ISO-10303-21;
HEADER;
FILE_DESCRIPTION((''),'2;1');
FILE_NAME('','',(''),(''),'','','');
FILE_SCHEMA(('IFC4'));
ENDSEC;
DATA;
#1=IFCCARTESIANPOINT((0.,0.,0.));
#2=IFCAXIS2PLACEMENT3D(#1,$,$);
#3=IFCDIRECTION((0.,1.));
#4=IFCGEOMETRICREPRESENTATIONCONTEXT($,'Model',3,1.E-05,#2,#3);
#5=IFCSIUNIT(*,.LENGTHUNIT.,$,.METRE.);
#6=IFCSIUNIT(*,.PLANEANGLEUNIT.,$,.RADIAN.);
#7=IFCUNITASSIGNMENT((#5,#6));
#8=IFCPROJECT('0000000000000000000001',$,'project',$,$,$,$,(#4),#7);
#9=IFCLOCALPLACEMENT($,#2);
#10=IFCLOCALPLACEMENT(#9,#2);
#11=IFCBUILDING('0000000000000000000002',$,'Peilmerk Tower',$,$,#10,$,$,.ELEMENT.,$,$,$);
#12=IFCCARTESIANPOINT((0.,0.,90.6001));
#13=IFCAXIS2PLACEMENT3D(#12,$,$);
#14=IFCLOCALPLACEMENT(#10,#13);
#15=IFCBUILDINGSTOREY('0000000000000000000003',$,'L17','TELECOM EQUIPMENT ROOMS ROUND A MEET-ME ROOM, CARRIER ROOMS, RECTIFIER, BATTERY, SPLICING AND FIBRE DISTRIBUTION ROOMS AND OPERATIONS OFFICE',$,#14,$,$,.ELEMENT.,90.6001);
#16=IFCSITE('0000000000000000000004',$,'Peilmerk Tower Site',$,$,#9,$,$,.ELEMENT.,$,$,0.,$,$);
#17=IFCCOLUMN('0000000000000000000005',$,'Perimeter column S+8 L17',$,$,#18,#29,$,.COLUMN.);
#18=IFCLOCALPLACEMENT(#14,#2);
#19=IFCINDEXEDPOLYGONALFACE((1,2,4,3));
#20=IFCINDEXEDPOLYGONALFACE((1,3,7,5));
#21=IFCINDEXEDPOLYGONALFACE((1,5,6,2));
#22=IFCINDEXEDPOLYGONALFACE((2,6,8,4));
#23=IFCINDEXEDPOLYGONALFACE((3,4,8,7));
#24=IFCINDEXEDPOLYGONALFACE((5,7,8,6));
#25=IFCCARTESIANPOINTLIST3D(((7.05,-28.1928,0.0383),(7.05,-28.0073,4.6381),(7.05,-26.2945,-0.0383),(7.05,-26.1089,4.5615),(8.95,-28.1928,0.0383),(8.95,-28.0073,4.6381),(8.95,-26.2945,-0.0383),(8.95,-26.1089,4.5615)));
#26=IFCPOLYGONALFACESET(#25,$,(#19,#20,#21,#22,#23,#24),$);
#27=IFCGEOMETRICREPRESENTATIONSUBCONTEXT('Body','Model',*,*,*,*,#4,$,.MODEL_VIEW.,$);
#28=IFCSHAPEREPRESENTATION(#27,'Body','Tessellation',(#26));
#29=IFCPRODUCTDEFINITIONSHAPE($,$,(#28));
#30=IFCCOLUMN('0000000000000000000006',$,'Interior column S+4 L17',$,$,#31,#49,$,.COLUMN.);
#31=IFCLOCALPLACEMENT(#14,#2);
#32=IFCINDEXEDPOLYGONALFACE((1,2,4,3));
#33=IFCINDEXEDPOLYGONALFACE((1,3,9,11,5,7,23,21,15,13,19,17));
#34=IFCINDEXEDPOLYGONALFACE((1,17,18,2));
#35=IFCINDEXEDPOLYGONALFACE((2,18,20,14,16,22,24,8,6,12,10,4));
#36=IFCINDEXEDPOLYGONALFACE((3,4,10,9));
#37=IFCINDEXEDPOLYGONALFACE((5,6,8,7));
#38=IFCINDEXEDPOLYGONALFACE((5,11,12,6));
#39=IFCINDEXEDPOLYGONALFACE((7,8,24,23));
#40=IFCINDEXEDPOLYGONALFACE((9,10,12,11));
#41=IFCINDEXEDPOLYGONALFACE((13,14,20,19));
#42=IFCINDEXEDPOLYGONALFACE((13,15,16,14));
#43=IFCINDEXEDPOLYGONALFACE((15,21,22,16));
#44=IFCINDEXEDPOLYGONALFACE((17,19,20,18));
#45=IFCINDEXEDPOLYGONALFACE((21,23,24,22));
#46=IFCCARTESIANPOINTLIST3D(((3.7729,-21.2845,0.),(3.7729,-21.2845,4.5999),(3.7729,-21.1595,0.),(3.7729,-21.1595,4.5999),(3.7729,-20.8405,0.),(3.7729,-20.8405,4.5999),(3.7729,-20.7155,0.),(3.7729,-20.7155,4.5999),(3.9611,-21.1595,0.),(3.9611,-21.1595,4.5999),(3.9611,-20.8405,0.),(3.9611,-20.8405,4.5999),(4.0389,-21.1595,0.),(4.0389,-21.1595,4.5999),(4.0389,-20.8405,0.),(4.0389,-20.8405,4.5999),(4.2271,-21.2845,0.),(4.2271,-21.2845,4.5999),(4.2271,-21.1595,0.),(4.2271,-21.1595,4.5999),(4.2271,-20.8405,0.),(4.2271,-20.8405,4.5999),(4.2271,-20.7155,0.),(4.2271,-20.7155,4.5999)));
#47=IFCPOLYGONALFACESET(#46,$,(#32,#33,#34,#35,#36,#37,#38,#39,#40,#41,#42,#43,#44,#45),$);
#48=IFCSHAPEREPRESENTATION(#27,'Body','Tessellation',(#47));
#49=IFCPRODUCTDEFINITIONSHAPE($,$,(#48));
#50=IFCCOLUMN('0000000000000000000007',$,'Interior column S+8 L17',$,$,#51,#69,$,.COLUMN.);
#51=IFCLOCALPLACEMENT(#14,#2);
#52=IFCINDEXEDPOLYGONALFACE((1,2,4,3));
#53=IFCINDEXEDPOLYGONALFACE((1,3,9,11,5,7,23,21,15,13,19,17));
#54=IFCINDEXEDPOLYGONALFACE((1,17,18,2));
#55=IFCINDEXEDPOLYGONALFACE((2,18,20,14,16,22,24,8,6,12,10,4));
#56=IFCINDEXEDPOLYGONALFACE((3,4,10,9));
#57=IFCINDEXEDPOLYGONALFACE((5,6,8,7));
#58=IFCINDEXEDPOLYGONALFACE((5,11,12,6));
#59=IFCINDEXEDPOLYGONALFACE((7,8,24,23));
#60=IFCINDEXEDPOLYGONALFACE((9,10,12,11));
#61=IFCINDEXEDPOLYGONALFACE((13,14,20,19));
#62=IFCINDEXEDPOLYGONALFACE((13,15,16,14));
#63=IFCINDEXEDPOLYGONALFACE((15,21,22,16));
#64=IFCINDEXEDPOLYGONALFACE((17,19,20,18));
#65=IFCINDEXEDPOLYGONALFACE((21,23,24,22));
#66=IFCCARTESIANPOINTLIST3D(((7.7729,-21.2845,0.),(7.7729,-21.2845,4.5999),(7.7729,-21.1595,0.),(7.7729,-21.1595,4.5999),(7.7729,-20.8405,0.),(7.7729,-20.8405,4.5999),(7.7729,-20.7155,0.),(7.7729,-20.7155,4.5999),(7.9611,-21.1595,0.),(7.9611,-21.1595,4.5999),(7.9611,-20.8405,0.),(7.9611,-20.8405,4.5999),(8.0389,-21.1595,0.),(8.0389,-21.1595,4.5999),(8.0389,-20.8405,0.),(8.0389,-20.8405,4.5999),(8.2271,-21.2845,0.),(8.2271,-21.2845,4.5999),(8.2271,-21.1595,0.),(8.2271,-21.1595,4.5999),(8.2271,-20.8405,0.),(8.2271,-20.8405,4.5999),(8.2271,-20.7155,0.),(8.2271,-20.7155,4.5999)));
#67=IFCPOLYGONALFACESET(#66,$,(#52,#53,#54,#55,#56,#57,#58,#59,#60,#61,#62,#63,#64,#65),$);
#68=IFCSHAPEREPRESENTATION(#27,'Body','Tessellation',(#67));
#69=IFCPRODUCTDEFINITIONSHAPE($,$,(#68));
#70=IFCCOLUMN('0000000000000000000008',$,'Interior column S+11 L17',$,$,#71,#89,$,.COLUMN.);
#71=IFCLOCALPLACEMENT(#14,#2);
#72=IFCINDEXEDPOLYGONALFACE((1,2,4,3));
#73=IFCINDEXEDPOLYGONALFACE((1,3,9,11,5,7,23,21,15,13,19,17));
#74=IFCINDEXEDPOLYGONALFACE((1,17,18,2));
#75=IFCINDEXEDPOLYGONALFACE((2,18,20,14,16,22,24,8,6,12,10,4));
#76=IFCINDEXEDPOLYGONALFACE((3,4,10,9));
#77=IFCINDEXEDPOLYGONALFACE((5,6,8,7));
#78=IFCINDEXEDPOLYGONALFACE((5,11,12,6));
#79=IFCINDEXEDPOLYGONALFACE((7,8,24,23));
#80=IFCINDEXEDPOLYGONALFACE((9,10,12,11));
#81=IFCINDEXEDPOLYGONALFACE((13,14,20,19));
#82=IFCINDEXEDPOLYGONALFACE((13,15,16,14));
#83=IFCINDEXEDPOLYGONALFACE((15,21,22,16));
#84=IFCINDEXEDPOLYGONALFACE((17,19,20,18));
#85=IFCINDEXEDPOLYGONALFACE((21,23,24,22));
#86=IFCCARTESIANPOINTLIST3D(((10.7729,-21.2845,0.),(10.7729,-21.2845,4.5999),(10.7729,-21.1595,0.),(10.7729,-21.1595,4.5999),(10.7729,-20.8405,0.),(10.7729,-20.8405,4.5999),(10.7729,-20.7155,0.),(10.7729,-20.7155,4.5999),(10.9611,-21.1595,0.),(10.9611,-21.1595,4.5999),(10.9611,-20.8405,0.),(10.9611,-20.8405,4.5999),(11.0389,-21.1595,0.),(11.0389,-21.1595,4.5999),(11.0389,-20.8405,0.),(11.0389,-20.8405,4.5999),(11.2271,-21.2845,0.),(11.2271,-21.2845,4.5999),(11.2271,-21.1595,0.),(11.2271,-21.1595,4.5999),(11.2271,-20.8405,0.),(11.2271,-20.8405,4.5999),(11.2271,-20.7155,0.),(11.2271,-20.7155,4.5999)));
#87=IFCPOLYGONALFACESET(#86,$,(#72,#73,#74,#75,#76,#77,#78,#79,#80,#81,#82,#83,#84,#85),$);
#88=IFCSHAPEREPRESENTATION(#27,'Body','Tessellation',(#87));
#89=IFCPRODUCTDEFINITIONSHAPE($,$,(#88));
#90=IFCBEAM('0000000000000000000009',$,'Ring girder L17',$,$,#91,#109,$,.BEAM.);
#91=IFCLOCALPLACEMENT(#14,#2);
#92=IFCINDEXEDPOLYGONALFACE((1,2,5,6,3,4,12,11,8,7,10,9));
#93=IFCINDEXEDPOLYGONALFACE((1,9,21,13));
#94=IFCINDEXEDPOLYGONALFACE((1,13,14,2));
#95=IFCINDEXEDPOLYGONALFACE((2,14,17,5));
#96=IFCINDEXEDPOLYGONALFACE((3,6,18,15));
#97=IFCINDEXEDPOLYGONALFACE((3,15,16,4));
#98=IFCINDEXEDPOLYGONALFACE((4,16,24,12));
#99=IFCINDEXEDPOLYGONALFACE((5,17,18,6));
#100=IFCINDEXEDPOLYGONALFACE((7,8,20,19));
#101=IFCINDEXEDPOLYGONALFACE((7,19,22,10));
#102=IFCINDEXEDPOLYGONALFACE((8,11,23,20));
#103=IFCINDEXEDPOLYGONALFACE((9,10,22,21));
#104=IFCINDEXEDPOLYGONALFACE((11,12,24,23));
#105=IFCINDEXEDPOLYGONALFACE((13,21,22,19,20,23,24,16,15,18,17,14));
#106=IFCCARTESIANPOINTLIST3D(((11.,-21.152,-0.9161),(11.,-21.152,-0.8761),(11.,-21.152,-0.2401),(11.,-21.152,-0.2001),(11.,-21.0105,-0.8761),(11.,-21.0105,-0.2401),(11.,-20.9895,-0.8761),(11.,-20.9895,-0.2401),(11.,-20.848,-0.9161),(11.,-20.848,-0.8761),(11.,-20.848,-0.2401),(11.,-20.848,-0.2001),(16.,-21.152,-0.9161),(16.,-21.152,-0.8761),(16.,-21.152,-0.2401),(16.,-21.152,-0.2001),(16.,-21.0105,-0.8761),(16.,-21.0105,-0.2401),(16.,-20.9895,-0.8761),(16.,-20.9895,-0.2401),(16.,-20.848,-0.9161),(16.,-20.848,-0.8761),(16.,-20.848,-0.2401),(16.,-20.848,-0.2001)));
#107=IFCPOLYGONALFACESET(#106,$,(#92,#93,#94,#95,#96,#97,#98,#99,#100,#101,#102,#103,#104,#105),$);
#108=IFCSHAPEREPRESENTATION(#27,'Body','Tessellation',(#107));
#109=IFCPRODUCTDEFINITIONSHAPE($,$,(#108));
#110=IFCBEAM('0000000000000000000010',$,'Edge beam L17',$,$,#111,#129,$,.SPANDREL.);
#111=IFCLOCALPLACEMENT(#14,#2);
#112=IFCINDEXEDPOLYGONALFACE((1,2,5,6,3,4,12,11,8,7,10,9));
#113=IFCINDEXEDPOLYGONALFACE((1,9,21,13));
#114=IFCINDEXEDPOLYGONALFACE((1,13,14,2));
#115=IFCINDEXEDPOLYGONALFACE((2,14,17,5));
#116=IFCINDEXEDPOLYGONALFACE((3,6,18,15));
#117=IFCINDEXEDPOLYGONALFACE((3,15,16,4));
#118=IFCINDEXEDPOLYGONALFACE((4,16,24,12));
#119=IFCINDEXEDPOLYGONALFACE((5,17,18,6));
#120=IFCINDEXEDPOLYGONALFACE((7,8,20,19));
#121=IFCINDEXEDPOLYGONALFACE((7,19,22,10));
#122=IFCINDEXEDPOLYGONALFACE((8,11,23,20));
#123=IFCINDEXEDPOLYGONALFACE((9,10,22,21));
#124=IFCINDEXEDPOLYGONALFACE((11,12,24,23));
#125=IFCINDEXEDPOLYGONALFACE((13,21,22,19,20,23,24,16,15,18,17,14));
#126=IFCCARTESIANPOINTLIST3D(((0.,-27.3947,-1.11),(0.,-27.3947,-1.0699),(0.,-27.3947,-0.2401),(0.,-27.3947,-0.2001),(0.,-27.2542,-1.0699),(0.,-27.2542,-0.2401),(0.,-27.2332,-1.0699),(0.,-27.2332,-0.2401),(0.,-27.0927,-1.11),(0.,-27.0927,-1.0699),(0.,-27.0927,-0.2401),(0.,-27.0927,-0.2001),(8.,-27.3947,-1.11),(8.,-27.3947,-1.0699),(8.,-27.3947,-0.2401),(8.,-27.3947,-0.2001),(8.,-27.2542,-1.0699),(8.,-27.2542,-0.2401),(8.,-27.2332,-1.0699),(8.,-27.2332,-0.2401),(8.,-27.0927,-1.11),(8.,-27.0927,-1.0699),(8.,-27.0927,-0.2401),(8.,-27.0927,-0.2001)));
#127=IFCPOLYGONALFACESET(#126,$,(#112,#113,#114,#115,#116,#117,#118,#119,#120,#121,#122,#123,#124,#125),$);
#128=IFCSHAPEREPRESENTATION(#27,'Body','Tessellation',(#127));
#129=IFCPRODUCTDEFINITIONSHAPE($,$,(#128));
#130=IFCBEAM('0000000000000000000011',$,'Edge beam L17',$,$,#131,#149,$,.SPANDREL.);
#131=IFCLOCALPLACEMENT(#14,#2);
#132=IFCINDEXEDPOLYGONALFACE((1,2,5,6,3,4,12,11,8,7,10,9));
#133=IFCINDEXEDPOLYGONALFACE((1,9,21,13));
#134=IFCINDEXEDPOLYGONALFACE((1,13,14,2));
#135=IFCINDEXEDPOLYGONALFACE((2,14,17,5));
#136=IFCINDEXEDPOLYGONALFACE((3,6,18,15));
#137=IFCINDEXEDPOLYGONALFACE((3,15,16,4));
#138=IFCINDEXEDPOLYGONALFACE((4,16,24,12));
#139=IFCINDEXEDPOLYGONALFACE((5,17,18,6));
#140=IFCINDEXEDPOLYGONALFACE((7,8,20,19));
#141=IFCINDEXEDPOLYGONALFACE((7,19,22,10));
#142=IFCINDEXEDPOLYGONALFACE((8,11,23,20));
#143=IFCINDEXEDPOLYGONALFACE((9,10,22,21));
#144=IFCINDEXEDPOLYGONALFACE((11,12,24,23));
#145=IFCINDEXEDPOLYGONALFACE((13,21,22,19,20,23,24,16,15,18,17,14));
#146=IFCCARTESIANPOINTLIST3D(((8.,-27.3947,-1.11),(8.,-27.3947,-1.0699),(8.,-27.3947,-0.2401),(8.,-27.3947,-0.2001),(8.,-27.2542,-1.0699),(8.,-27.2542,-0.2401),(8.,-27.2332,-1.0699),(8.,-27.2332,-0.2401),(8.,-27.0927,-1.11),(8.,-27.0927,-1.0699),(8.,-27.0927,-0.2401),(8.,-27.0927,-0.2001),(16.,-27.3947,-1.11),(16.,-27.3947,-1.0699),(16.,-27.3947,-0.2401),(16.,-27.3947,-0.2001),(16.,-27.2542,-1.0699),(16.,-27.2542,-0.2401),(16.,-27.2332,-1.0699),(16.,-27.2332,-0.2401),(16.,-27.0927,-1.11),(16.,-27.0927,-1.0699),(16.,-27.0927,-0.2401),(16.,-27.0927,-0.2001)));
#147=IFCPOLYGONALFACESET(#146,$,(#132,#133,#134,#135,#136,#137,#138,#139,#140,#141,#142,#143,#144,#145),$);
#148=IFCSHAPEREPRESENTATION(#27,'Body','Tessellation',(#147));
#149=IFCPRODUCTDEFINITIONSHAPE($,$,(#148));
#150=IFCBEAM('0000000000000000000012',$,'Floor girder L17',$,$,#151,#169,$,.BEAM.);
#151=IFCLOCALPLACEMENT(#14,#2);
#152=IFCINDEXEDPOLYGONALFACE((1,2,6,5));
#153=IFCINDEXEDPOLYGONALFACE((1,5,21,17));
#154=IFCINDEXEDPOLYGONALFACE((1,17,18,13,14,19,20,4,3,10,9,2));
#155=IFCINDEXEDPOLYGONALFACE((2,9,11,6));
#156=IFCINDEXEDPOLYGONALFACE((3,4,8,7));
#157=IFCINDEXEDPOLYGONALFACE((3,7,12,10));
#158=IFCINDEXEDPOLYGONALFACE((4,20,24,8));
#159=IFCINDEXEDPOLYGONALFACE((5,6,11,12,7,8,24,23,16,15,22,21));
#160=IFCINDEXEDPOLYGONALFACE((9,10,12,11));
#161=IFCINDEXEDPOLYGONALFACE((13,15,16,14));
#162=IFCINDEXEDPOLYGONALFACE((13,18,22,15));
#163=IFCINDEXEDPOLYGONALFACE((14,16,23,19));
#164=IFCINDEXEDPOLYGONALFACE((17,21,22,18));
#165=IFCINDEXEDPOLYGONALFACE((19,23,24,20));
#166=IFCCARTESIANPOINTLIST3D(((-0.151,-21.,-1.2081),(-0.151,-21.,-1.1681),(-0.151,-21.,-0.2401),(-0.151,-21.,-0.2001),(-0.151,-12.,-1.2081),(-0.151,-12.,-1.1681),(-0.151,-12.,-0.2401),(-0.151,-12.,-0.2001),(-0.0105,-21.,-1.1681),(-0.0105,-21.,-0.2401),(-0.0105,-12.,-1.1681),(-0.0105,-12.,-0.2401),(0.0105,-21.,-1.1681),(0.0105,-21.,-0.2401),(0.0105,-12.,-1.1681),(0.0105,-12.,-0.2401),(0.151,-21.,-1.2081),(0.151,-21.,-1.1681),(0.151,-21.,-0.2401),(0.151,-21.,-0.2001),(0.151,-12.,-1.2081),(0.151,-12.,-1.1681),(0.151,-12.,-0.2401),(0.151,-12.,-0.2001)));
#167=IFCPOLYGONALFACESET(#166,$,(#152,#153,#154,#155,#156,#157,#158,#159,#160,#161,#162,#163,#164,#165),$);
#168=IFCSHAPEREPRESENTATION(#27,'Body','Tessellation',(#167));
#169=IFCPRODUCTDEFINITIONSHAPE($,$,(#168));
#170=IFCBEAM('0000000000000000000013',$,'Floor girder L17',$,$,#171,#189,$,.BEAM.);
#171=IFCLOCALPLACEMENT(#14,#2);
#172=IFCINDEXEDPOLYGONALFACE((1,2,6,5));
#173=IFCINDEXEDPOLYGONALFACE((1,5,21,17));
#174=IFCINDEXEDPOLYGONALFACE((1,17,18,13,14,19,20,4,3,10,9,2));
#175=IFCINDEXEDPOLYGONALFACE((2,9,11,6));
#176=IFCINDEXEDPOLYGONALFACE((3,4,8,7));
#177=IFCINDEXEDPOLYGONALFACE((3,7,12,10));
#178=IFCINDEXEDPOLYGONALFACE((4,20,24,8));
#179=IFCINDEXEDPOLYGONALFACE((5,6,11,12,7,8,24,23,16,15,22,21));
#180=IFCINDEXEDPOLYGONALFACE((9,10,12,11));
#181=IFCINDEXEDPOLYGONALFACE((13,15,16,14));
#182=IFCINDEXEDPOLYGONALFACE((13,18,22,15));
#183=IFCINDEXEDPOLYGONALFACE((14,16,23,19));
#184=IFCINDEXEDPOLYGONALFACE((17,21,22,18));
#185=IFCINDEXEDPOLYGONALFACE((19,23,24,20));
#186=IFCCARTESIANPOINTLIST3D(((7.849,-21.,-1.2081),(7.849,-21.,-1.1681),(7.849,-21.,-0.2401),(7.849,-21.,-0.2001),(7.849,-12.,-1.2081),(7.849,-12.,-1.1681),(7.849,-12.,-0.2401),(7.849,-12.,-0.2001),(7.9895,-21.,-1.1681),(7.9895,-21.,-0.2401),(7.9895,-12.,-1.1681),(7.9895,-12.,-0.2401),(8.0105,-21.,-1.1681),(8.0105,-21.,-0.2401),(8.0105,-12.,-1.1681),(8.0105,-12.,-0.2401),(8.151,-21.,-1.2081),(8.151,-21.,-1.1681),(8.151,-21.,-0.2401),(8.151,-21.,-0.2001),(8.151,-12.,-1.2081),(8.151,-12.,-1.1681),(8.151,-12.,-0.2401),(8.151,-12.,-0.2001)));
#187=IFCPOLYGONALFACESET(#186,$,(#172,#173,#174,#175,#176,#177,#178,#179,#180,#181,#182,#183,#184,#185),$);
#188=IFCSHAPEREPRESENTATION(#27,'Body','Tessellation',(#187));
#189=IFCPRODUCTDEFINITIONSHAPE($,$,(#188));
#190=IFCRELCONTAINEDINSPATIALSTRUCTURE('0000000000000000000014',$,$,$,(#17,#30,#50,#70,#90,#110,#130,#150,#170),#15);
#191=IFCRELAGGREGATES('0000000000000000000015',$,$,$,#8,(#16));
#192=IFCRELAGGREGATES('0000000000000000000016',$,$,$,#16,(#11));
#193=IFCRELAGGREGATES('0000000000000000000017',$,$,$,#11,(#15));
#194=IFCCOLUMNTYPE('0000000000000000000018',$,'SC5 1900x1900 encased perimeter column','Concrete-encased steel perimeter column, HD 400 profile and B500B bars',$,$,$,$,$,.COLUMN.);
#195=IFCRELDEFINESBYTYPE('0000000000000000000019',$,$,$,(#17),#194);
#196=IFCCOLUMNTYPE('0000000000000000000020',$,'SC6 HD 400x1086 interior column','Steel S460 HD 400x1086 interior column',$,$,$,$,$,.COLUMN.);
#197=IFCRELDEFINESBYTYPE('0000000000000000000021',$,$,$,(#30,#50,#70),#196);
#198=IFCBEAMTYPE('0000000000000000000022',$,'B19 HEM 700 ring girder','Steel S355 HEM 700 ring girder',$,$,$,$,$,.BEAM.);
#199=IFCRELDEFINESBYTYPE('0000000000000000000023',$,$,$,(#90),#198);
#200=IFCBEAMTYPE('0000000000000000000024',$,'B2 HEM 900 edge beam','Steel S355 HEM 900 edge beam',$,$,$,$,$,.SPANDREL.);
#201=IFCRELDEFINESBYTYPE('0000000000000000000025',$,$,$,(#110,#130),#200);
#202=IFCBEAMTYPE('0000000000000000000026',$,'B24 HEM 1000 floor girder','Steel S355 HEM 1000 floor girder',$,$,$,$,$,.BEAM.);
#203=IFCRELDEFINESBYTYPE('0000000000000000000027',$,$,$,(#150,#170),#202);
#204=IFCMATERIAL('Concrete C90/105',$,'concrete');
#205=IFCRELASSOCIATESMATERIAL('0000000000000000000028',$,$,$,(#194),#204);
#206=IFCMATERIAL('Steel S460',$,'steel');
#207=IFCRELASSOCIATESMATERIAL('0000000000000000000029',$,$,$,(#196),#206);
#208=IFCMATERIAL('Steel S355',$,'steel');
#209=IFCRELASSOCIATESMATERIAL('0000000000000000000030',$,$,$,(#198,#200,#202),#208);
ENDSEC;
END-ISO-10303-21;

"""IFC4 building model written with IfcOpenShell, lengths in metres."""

from ifc_helpers import new_model, si_unit, direction, frame, origin, origin_2d, place, context, subcontext, project, spatial, rectangle, i_section, extrude, material, material_profile, profile_set, type_object, element, save


model = new_model("IFC4")

# Units and contexts
model_context = context("Model", 3, precision=1e-05, world=origin(), true_north=direction((0.0, 1.0)))
body_context = subcontext(model_context, "Body", "Model", "MODEL_VIEW")
ifc_project = project(units=[si_unit("LENGTHUNIT", "METRE"), si_unit("PLANEANGLEUNIT", "RADIAN")], contexts=[model_context])

# Site, building, storey
site_placement = place(None, origin())
site = spatial("IfcSite", under=ifc_project, at=site_placement, Name="Peilmerk Tower Site", CompositionType="ELEMENT", RefElevation=0.0)
building_placement = place(site_placement, origin())
building = spatial("IfcBuilding", under=site, at=building_placement, Name="Peilmerk Tower", CompositionType="ELEMENT")
storey_placement = place(building_placement, frame((0.0, 0.0, 90.6001)))
storey = spatial("IfcBuildingStorey", under=building, at=storey_placement, Name="L17", Description="TELECOM EQUIPMENT ROOMS ROUND A MEET-ME ROOM, CARRIER ROOMS, RECTIFIER, BATTERY, SPLICING AND FIBRE DISTRIBUTION ROOMS AND OPERATIONS OFFICE", CompositionType="ELEMENT", Elevation=90.6001)

# Columns
ifc_material_1 = material(Name="Concrete C90/105", Category="concrete")
ifc_material_profile_1 = material_profile(ifc_material_1, rectangle(XDim=1.8999, YDim=1.8999, at=origin_2d()), Name="RC 1900x1900")
ifc_profile_set_1 = profile_set([ifc_material_profile_1], Name="Concrete C90/105")
column_type_1 = type_object("IfcColumnType", Name="SC5 1900x1900 encased perimeter column", Description="Concrete-encased steel perimeter column, HD 400 profile and B500B bars", PredefinedType="COLUMN", material=ifc_profile_set_1)
column_placement = place(storey_placement, frame((8.0, -27.2437, 0.0), z_axis=(0.0, 0.040305, 0.999187), x_axis=(-1.0, 0.0, 0.0)))
element("IfcColumn", 1, at=column_placement, inside=storey, type_object=column_type_1, Name="Perimeter column S+8 L17", PredefinedType="COLUMN", context=body_context, shape_type="SweptSolid", body=[
    extrude(rectangle(XDim=1.8999, YDim=1.8999, at=origin_2d()), origin(), (0.0, 0.0, 1.0), 4.6035),
])
ifc_material_2 = material(Name="Steel S460", Category="steel")
ifc_material_profile_2 = material_profile(ifc_material_2, i_section(OverallWidth=0.4541, OverallDepth=0.5691, WebThickness=0.0779, FlangeThickness=0.125, at=origin_2d()), Name="HD 400x1086")
ifc_profile_set_2 = profile_set([ifc_material_profile_2], Name="Steel S460")
column_type_2 = type_object("IfcColumnType", Name="SC6 HD 400x1086 interior column", Description="Steel S460 HD 400x1086 interior column", PredefinedType="COLUMN", material=ifc_profile_set_2)
for number, where, z_axis, x_axis, name in (
    (2, (4.0, -21.0, 0.0), (0.0, 0.0, 1.0), (1.0, 0.0, 0.0), "Interior column S+4 L17"),
    (3, (8.0, -21.0, 0.0), (0.0, 0.0, 1.0), (1.0, 0.0, 0.0), "Interior column S+8 L17"),
    (4, (11.0, -21.0, 0.0), (0.0, 0.0, 1.0), (1.0, 0.0, 0.0), "Interior column S+11 L17"),
):
    element("IfcColumn", number, at=place(storey_placement, frame(where, z_axis=z_axis, x_axis=x_axis)), inside=storey, type_object=column_type_2, Name=name, PredefinedType="COLUMN", context=body_context, shape_type="SweptSolid", body=[
        extrude(i_section(OverallWidth=0.4541, OverallDepth=0.5691, WebThickness=0.0779, FlangeThickness=0.125, at=origin_2d()), origin(), (0.0, 0.0, 1.0), 4.5999),
    ])

# Beams
ifc_material_3 = material(Name="Steel S355", Category="steel")
ifc_material_profile_3 = material_profile(ifc_material_3, i_section(OverallWidth=0.304, OverallDepth=0.7161, WebThickness=0.021, FlangeThickness=0.04, at=origin_2d()), Name="HEM 700")
ifc_profile_set_3 = profile_set([ifc_material_profile_3], Name="Steel S355")
beam_type_1 = type_object("IfcBeamType", Name="B19 HEM 700 ring girder", Description="Steel S355 HEM 700 ring girder", PredefinedType="BEAM", material=ifc_profile_set_3)
beam_1_placement = place(storey_placement, frame((11.0, -21.0, -0.5581), z_axis=(1.0, 0.0, 0.0), x_axis=(0.0, 1.0, 0.0)))
element("IfcBeam", 5, at=beam_1_placement, inside=storey, type_object=beam_type_1, Name="Ring girder L17", PredefinedType="BEAM", context=body_context, shape_type="SweptSolid", body=[
    extrude(i_section(OverallWidth=0.304, OverallDepth=0.7161, WebThickness=0.021, FlangeThickness=0.04, at=origin_2d()), origin(), (0.0, 0.0, 1.0), 5.0),
])
ifc_material_profile_4 = material_profile(ifc_material_3, i_section(OverallWidth=0.302, OverallDepth=0.9099, WebThickness=0.021, FlangeThickness=0.04, at=origin_2d()), Name="HEM 900")
ifc_profile_set_4 = profile_set([ifc_material_profile_4], Name="Steel S355")
beam_type_2 = type_object("IfcBeamType", Name="B2 HEM 900 edge beam", Description="Steel S355 HEM 900 edge beam", PredefinedType="SPANDREL", material=ifc_profile_set_4)
for number, where, z_axis, x_axis, name in (
    (6, (0.0, -27.2437, -0.655), (1.0, 0.0, 0.0), (0.0, 1.0, 0.0), "Edge beam L17"),
    (7, (8.0, -27.2437, -0.655), (1.0, 0.0, 0.0), (0.0, 1.0, 0.0), "Edge beam L17"),
):
    element("IfcBeam", number, at=place(storey_placement, frame(where, z_axis=z_axis, x_axis=x_axis)), inside=storey, type_object=beam_type_2, Name=name, PredefinedType="SPANDREL", context=body_context, shape_type="SweptSolid", body=[
        extrude(i_section(OverallWidth=0.302, OverallDepth=0.9099, WebThickness=0.021, FlangeThickness=0.04, at=origin_2d()), origin(), (0.0, 0.0, 1.0), 8.0),
    ])
ifc_material_profile_5 = material_profile(ifc_material_3, i_section(OverallWidth=0.302, OverallDepth=1.0081, WebThickness=0.021, FlangeThickness=0.04, at=origin_2d()), Name="HEM 1000")
ifc_profile_set_5 = profile_set([ifc_material_profile_5], Name="Steel S355")
beam_type_3 = type_object("IfcBeamType", Name="B24 HEM 1000 floor girder", Description="Steel S355 HEM 1000 floor girder", PredefinedType="BEAM", material=ifc_profile_set_5)
for number, where, z_axis, x_axis, name in (
    (8, (0.0, -12.0, -0.7041), (0.0, -1.0, 0.0), (1.0, 0.0, 0.0), "Floor girder L17"),
    (9, (8.0, -12.0, -0.7041), (0.0, -1.0, 0.0), (1.0, 0.0, 0.0), "Floor girder L17"),
):
    element("IfcBeam", number, at=place(storey_placement, frame(where, z_axis=z_axis, x_axis=x_axis)), inside=storey, type_object=beam_type_3, Name=name, PredefinedType="BEAM", context=body_context, shape_type="SweptSolid", body=[
        extrude(i_section(OverallWidth=0.302, OverallDepth=1.0081, WebThickness=0.021, FlangeThickness=0.04, at=origin_2d()), origin(), (0.0, 0.0, 1.0), 9.0),
    ])

save(model, "model.ifc")
